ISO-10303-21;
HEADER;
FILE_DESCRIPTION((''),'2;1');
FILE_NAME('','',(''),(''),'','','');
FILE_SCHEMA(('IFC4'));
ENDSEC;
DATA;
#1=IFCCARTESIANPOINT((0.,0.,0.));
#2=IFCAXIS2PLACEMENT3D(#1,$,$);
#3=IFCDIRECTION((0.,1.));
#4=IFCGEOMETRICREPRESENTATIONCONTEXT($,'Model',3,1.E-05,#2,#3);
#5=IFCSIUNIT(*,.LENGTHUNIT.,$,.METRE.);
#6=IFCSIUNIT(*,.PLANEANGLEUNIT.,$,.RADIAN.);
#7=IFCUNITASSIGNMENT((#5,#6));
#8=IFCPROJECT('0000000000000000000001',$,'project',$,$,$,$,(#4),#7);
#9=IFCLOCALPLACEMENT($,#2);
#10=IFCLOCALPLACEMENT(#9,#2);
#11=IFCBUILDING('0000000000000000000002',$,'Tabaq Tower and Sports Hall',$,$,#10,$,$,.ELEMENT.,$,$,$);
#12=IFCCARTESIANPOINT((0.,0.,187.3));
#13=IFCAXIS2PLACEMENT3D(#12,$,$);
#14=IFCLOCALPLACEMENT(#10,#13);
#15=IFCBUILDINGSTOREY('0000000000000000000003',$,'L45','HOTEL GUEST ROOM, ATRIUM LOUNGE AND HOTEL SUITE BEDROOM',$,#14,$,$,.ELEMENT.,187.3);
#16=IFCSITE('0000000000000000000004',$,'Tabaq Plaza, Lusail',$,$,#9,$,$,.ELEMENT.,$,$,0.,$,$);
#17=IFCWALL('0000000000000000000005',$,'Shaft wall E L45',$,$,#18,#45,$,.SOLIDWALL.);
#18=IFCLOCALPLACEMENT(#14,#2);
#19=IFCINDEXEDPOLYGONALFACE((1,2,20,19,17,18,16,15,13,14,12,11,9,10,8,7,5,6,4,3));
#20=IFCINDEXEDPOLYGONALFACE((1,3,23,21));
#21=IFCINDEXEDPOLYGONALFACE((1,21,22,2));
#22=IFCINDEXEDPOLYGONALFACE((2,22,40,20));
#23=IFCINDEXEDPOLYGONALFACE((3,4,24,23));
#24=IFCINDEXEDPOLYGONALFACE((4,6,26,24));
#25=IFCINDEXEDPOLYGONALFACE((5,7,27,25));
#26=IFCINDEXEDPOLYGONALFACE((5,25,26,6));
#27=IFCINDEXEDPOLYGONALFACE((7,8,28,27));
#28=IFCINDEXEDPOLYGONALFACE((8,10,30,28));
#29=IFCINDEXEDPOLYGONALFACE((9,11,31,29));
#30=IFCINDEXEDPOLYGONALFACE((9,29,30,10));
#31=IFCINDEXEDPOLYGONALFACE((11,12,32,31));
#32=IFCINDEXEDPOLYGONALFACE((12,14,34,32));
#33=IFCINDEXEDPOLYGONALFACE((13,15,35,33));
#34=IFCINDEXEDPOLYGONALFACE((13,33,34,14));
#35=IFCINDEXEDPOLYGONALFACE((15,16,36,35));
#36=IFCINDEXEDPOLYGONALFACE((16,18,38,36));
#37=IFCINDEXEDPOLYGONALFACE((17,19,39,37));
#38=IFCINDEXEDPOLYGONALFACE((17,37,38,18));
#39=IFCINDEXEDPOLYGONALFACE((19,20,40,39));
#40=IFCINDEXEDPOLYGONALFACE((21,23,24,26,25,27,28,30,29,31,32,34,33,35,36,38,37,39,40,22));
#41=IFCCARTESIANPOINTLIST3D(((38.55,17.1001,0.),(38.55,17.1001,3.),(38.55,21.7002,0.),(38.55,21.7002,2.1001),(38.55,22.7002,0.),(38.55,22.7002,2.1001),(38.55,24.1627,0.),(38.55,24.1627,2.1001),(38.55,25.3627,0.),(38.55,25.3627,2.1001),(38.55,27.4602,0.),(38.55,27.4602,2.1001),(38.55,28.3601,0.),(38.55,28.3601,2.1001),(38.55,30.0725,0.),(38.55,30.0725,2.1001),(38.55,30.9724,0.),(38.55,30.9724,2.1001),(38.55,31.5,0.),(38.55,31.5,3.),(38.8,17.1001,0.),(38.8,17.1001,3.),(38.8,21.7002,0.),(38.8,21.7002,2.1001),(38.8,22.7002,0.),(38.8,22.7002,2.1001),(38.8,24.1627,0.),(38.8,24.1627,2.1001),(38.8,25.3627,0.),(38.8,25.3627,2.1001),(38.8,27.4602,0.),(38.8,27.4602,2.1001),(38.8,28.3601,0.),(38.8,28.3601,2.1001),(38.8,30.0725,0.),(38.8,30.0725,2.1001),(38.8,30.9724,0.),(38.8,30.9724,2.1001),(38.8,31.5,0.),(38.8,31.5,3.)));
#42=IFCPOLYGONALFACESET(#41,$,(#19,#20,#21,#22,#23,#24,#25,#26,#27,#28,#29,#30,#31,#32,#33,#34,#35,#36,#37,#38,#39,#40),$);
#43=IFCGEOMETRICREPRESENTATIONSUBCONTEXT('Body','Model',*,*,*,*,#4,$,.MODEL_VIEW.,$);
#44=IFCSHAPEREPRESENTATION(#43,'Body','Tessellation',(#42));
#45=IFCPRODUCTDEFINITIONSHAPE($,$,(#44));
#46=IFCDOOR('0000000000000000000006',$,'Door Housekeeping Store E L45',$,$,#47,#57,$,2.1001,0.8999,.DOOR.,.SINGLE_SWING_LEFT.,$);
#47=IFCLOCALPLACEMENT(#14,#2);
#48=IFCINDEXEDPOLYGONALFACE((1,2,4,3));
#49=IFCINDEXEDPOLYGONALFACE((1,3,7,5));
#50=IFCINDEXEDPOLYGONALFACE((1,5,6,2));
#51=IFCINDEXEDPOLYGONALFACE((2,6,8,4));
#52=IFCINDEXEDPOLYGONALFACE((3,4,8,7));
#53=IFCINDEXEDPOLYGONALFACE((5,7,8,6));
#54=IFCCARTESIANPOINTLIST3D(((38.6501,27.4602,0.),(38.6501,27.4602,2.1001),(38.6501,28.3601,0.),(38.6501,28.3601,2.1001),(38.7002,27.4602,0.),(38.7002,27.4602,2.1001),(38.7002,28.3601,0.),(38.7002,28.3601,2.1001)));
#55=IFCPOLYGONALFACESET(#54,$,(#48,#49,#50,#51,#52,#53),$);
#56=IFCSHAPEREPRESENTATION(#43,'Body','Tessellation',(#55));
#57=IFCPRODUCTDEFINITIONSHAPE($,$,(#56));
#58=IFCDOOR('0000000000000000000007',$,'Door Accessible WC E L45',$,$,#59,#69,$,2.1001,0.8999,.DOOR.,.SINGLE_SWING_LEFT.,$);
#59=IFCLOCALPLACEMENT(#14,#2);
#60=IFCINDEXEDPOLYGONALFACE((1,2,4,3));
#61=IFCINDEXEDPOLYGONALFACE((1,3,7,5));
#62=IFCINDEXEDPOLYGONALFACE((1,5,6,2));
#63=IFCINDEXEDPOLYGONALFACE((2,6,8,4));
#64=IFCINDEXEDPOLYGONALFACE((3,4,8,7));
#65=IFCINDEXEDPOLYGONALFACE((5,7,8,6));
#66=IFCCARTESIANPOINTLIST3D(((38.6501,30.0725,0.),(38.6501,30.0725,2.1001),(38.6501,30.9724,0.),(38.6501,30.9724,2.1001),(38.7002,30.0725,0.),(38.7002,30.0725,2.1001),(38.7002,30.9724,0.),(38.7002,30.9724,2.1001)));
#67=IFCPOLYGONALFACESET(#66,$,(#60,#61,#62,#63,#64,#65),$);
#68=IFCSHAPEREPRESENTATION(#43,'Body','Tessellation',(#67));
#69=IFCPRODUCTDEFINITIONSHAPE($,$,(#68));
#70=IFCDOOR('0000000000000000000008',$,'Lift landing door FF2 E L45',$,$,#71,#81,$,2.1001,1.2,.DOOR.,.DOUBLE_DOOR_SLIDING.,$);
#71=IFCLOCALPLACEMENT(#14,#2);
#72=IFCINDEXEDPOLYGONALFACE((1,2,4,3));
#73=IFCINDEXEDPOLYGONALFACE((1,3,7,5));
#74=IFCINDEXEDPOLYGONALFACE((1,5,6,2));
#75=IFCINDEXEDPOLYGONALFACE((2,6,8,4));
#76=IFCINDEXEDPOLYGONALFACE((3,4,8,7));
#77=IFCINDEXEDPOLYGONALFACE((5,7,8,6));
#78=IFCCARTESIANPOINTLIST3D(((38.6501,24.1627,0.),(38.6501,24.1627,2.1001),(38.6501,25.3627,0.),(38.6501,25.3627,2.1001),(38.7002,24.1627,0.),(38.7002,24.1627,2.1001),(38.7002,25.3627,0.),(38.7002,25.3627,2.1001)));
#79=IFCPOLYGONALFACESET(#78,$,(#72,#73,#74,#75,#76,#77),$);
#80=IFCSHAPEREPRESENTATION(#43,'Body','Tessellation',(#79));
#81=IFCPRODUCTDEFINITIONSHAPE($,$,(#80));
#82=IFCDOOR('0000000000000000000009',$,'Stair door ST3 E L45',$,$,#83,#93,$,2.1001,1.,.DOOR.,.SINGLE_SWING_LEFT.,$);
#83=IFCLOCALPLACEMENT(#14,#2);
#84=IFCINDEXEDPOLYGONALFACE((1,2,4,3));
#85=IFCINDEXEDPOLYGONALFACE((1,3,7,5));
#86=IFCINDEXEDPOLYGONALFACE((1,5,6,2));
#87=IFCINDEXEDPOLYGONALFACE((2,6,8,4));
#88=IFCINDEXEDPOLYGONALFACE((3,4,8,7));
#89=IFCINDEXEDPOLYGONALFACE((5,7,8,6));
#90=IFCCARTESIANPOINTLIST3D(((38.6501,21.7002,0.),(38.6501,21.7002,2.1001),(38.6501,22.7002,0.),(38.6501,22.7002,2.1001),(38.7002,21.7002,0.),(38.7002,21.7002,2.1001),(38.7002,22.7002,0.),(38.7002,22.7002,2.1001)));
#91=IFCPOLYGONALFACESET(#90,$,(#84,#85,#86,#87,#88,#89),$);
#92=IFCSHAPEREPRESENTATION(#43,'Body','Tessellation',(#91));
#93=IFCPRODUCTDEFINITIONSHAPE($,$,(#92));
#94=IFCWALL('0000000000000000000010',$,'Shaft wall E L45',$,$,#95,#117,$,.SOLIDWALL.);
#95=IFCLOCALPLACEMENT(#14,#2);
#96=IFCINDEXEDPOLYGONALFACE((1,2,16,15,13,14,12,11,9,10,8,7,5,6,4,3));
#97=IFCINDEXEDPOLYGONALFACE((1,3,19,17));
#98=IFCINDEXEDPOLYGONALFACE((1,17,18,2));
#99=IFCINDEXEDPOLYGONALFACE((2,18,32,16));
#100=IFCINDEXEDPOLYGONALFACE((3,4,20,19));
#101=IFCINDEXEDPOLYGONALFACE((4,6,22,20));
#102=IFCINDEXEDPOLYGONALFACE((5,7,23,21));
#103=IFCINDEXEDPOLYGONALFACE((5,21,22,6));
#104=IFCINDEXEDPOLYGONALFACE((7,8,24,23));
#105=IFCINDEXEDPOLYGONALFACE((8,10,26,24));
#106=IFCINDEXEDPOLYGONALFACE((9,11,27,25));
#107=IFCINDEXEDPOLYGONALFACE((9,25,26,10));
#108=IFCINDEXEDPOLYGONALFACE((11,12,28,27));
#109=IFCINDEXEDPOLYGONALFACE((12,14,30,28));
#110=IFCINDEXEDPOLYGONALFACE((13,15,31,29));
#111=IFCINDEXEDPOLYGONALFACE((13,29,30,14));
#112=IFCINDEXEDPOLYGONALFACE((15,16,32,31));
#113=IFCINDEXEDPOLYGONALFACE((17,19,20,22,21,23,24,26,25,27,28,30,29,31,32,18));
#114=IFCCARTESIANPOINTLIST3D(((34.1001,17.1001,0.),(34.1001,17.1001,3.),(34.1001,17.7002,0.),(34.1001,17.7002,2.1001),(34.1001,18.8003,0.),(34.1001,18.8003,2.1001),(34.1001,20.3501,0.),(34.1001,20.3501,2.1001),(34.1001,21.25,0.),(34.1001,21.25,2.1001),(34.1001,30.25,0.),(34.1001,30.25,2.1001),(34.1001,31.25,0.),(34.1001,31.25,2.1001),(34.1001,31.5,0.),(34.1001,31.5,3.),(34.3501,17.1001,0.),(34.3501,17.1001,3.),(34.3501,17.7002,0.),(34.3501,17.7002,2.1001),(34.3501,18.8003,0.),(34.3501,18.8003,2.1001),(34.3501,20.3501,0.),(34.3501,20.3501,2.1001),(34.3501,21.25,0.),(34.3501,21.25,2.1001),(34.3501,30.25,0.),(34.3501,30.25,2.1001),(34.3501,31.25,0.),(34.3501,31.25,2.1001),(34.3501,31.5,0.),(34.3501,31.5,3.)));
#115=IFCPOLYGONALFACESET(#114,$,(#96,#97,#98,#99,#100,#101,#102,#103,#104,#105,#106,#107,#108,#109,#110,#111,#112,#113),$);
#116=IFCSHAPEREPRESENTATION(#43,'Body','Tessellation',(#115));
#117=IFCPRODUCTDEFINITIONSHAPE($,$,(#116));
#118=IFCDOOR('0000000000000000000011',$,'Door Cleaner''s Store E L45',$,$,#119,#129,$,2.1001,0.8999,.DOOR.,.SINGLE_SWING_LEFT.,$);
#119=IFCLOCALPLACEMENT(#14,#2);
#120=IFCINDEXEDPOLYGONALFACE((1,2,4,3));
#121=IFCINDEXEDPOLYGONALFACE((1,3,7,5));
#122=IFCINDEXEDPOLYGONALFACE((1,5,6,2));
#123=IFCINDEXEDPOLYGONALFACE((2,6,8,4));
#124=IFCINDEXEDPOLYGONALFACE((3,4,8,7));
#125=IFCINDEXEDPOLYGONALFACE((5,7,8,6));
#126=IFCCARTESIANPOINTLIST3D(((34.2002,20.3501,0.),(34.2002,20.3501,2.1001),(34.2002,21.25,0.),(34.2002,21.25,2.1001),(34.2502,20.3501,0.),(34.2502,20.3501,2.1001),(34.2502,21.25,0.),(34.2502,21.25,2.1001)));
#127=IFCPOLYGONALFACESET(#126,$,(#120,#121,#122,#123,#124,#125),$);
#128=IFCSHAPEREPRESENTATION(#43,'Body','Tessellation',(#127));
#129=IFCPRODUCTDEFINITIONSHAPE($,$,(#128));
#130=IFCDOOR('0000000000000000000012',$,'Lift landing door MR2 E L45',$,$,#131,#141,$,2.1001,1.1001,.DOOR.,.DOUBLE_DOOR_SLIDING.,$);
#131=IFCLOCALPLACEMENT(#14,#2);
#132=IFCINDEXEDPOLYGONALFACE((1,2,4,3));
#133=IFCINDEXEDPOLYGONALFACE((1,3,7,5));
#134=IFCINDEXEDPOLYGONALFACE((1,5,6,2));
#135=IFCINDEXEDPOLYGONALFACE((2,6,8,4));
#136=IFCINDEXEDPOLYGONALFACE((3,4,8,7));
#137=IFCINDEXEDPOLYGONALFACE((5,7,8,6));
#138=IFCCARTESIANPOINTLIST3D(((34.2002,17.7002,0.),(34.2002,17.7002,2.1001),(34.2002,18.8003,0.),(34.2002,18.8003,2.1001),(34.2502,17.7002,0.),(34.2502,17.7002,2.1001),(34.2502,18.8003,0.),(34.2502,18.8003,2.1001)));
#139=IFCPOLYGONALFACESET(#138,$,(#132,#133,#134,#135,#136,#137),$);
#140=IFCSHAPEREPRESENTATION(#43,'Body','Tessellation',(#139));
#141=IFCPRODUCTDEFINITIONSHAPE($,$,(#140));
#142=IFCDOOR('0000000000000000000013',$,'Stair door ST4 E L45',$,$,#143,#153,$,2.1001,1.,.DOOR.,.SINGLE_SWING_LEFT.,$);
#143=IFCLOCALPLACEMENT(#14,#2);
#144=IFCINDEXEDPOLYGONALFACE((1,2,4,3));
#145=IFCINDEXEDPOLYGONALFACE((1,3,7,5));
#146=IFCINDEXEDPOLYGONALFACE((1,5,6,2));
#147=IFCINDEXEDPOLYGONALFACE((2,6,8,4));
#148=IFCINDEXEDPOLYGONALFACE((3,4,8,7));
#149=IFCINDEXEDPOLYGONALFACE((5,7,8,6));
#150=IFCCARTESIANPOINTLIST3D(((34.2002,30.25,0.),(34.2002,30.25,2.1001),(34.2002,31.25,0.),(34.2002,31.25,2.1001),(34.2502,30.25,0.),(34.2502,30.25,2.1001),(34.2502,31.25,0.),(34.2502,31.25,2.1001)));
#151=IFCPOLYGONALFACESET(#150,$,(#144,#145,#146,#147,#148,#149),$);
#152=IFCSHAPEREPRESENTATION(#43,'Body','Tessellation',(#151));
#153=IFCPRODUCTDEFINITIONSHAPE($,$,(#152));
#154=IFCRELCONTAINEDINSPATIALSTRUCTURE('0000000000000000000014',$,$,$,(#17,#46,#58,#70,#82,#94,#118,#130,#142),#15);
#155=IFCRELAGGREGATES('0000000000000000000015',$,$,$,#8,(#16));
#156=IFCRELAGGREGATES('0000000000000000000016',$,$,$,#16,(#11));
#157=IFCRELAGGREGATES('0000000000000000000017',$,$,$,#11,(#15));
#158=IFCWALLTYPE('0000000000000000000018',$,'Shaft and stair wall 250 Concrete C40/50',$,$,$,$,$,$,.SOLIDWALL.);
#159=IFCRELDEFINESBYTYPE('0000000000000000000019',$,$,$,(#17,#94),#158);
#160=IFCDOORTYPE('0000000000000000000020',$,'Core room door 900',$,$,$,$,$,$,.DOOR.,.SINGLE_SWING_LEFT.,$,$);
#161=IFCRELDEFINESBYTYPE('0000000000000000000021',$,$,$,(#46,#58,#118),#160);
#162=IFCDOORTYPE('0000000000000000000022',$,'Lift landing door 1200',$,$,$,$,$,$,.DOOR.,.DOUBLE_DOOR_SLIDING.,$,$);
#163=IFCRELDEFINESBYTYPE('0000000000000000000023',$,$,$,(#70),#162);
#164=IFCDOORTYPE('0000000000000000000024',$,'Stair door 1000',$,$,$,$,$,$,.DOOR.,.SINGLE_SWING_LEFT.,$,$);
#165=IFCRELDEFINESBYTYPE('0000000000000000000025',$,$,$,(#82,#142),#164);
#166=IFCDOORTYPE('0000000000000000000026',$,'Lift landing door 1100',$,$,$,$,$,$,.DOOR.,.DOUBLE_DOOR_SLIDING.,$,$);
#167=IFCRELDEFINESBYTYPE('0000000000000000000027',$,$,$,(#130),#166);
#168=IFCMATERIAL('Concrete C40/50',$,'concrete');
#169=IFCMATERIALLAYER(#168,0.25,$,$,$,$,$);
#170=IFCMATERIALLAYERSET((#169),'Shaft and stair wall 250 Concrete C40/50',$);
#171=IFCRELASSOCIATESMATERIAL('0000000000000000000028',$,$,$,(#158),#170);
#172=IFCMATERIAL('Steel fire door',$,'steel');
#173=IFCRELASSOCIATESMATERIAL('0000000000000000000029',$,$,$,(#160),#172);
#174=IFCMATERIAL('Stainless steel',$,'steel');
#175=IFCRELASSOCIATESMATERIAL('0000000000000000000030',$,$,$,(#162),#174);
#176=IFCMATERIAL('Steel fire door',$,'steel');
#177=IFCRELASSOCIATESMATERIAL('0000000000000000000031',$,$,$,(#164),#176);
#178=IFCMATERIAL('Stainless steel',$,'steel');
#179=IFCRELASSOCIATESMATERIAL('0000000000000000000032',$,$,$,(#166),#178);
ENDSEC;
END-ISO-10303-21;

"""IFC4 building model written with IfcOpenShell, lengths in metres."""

from ifc_helpers import new_model, si_unit, direction, frame, frame_2d, origin, place, context, subcontext, project, spatial, rectangle, extrude, material, layer, layer_set, type_object, element, fill, save


model = new_model("IFC4")

# Units and contexts
model_context = context("Model", 3, precision=1e-05, world=origin(), true_north=direction((0.0, 1.0)))
body_context = subcontext(model_context, "Body", "Model", "MODEL_VIEW")
ifc_project = project(units=[si_unit("LENGTHUNIT", "METRE"), si_unit("PLANEANGLEUNIT", "RADIAN")], contexts=[model_context])

# Site, building, storey
site_placement = place(None, origin())
site = spatial("IfcSite", under=ifc_project, at=site_placement, Name="Tabaq Plaza, Lusail", CompositionType="ELEMENT", RefElevation=0.0)
building_placement = place(site_placement, origin())
building = spatial("IfcBuilding", under=site, at=building_placement, Name="Tabaq Tower and Sports Hall", CompositionType="ELEMENT")
storey_placement = place(building_placement, frame((0.0, 0.0, 187.3)))
storey = spatial("IfcBuildingStorey", under=building, at=storey_placement, Name="L45", Description="HOTEL GUEST ROOM, ATRIUM LOUNGE AND HOTEL SUITE BEDROOM", CompositionType="ELEMENT", Elevation=187.3)

# Walls, openings, doors
ifc_material_1 = material(Name="Concrete C40/50", Category="concrete")
ifc_layer_1 = layer(ifc_material_1, 0.25)
ifc_layer_set_1 = layer_set([ifc_layer_1], Name="Shaft and stair wall 250 Concrete C40/50")
wall_type_1 = type_object("IfcWallType", Name="Shaft and stair wall 250 Concrete C40/50", PredefinedType="SOLIDWALL", material=ifc_layer_set_1)
wall_1_placement = place(storey_placement, frame((38.675, 17.1001, 0.0), z_axis=(0.0, 0.0, 1.0), x_axis=(0.0, 1.0, 0.0)))
wall_1 = element("IfcWall", 1, at=wall_1_placement, inside=storey, type_object=wall_type_1, Name="Shaft wall E L45", PredefinedType="SOLIDWALL", context=body_context, shape_type="SweptSolid", body=[
    extrude(rectangle(XDim=14.3999, YDim=0.25, at=frame_2d((7.2, 0.0))), origin(), (0.0, 0.0, 1.0), 3.0),
])
opening_1_placement = place(wall_1_placement, frame((4.6001, 0.0, 0.0)))
opening_1 = element("IfcOpeningElement", 2, at=opening_1_placement, cuts=wall_1, PredefinedType="OPENING", context=body_context, shape_type="SweptSolid", body=[
    extrude(rectangle(XDim=1.0, YDim=2.1001, at=frame_2d((0.5, 1.05))), frame((0.0, 0.125, 0.0), z_axis=(0.0, -1.0, 0.0), x_axis=(1.0, 0.0, 0.0)), (0.0, 0.0, 1.0), 0.25),
])
opening_2_placement = place(wall_1_placement, frame((7.0625, 0.0, 0.0)))
opening_2 = element("IfcOpeningElement", 3, at=opening_2_placement, cuts=wall_1, PredefinedType="OPENING", context=body_context, shape_type="SweptSolid", body=[
    extrude(rectangle(XDim=1.2, YDim=2.1001, at=frame_2d((0.6001, 1.05))), frame((0.0, 0.125, 0.0), z_axis=(0.0, -1.0, 0.0), x_axis=(1.0, 0.0, 0.0)), (0.0, 0.0, 1.0), 0.25),
])
opening_3_placement = place(wall_1_placement, frame((10.3601, 0.0, 0.0)))
opening_3 = element("IfcOpeningElement", 4, at=opening_3_placement, cuts=wall_1, PredefinedType="OPENING", context=body_context, shape_type="SweptSolid", body=[
    extrude(rectangle(XDim=0.8999, YDim=2.1001, at=frame_2d((0.45, 1.05))), frame((0.0, 0.125, 0.0), z_axis=(0.0, -1.0, 0.0), x_axis=(1.0, 0.0, 0.0)), (0.0, 0.0, 1.0), 0.25),
])
opening_4_placement = place(wall_1_placement, frame((12.9724, 0.0, 0.0)))
opening_4 = element("IfcOpeningElement", 5, at=opening_4_placement, cuts=wall_1, PredefinedType="OPENING", context=body_context, shape_type="SweptSolid", body=[
    extrude(rectangle(XDim=0.8999, YDim=2.1001, at=frame_2d((0.45, 1.05))), frame((0.0, 0.125, 0.0), z_axis=(0.0, -1.0, 0.0), x_axis=(1.0, 0.0, 0.0)), (0.0, 0.0, 1.0), 0.25),
])
ifc_material_2 = material(Name="Steel fire door", Category="steel")
door_type_1 = type_object("IfcDoorType", Name="Core room door 900", OperationType="SINGLE_SWING_LEFT", PredefinedType="DOOR", material=ifc_material_2)
door_1_placement = place(opening_3_placement, origin())
door_1 = element("IfcDoor", 6, at=door_1_placement, inside=storey, type_object=door_type_1, Name="Door Housekeeping Store E L45", OperationType="SINGLE_SWING_LEFT", OverallHeight=2.1001, OverallWidth=0.8999, PredefinedType="DOOR", context=body_context, shape_type="SweptSolid", body=[
    extrude(rectangle(XDim=0.8999, YDim=2.1001, at=frame_2d((0.45, 1.05))), frame((0.0, 0.0249, 0.0), z_axis=(0.0, -1.0, 0.0), x_axis=(1.0, 0.0, 0.0)), (0.0, 0.0, 1.0), 0.05),
])
fill(opening_3, door_1)
door_2_placement = place(opening_4_placement, origin())
door_2 = element("IfcDoor", 7, at=door_2_placement, inside=storey, type_object=door_type_1, Name="Door Accessible WC E L45", OperationType="SINGLE_SWING_LEFT", OverallHeight=2.1001, OverallWidth=0.8999, PredefinedType="DOOR", context=body_context, shape_type="SweptSolid", body=[
    extrude(rectangle(XDim=0.8999, YDim=2.1001, at=frame_2d((0.45, 1.05))), frame((0.0, 0.0249, 0.0), z_axis=(0.0, -1.0, 0.0), x_axis=(1.0, 0.0, 0.0)), (0.0, 0.0, 1.0), 0.05),
])
fill(opening_4, door_2)
ifc_material_3 = material(Name="Stainless steel", Category="steel")
door_type_2 = type_object("IfcDoorType", Name="Lift landing door 1200", OperationType="DOUBLE_DOOR_SLIDING", PredefinedType="DOOR", material=ifc_material_3)
door_3_placement = place(opening_2_placement, origin())
door_3 = element("IfcDoor", 8, at=door_3_placement, inside=storey, type_object=door_type_2, Name="Lift landing door FF2 E L45", OperationType="DOUBLE_DOOR_SLIDING", OverallHeight=2.1001, OverallWidth=1.2, PredefinedType="DOOR", context=body_context, shape_type="SweptSolid", body=[
    extrude(rectangle(XDim=1.2, YDim=2.1001, at=frame_2d((0.6001, 1.05))), frame((0.0, 0.0249, 0.0), z_axis=(0.0, -1.0, 0.0), x_axis=(1.0, 0.0, 0.0)), (0.0, 0.0, 1.0), 0.05),
])
fill(opening_2, door_3)
ifc_material_4 = material(Name="Steel fire door", Category="steel")
door_type_3 = type_object("IfcDoorType", Name="Stair door 1000", OperationType="SINGLE_SWING_LEFT", PredefinedType="DOOR", material=ifc_material_4)
door_4_placement = place(opening_1_placement, origin())
door_4 = element("IfcDoor", 9, at=door_4_placement, inside=storey, type_object=door_type_3, Name="Stair door ST3 E L45", OperationType="SINGLE_SWING_LEFT", OverallHeight=2.1001, OverallWidth=1.0, PredefinedType="DOOR", context=body_context, shape_type="SweptSolid", body=[
    extrude(rectangle(XDim=1.0, YDim=2.1001, at=frame_2d((0.5, 1.05))), frame((0.0, 0.0249, 0.0), z_axis=(0.0, -1.0, 0.0), x_axis=(1.0, 0.0, 0.0)), (0.0, 0.0, 1.0), 0.05),
])
fill(opening_1, door_4)
wall_2_placement = place(storey_placement, frame((34.2251, 17.1001, 0.0), z_axis=(0.0, 0.0, 1.0), x_axis=(0.0, 1.0, 0.0)))
wall_2 = element("IfcWall", 10, at=wall_2_placement, inside=storey, type_object=wall_type_1, Name="Shaft wall E L45", PredefinedType="SOLIDWALL", context=body_context, shape_type="SweptSolid", body=[
    extrude(rectangle(XDim=14.3999, YDim=0.25, at=frame_2d((7.2, 0.0))), origin(), (0.0, 0.0, 1.0), 3.0),
])
opening_5_placement = place(wall_2_placement, frame((13.1499, 0.0, 0.0)))
opening_5 = element("IfcOpeningElement", 11, at=opening_5_placement, cuts=wall_2, PredefinedType="OPENING", context=body_context, shape_type="SweptSolid", body=[
    extrude(rectangle(XDim=1.0, YDim=2.1001, at=frame_2d((0.5, 1.05))), frame((0.0, 0.125, 0.0), z_axis=(0.0, -1.0, 0.0), x_axis=(1.0, 0.0, 0.0)), (0.0, 0.0, 1.0), 0.25),
])
opening_6_placement = place(wall_2_placement, frame((0.6001, 0.0, 0.0)))
opening_6 = element("IfcOpeningElement", 12, at=opening_6_placement, cuts=wall_2, PredefinedType="OPENING", context=body_context, shape_type="SweptSolid", body=[
    extrude(rectangle(XDim=1.1001, YDim=2.1001, at=frame_2d((0.55, 1.05))), frame((0.0, 0.125, 0.0), z_axis=(0.0, -1.0, 0.0), x_axis=(1.0, 0.0, 0.0)), (0.0, 0.0, 1.0), 0.25),
])
opening_7_placement = place(wall_2_placement, frame((3.25, 0.0, 0.0)))
opening_7 = element("IfcOpeningElement", 13, at=opening_7_placement, cuts=wall_2, PredefinedType="OPENING", context=body_context, shape_type="SweptSolid", body=[
    extrude(rectangle(XDim=0.8999, YDim=2.1001, at=frame_2d((0.45, 1.05))), frame((0.0, 0.125, 0.0), z_axis=(0.0, -1.0, 0.0), x_axis=(1.0, 0.0, 0.0)), (0.0, 0.0, 1.0), 0.25),
])
door_5_placement = place(opening_7_placement, origin())
door_5 = element("IfcDoor", 14, at=door_5_placement, inside=storey, type_object=door_type_1, Name="Door Cleaner's Store E L45", OperationType="SINGLE_SWING_LEFT", OverallHeight=2.1001, OverallWidth=0.8999, PredefinedType="DOOR", context=body_context, shape_type="SweptSolid", body=[
    extrude(rectangle(XDim=0.8999, YDim=2.1001, at=frame_2d((0.45, 1.05))), frame((0.0, 0.0249, 0.0), z_axis=(0.0, -1.0, 0.0), x_axis=(1.0, 0.0, 0.0)), (0.0, 0.0, 1.0), 0.05),
])
fill(opening_7, door_5)
ifc_material_5 = material(Name="Stainless steel", Category="steel")
door_type_4 = type_object("IfcDoorType", Name="Lift landing door 1100", OperationType="DOUBLE_DOOR_SLIDING", PredefinedType="DOOR", material=ifc_material_5)
door_6_placement = place(opening_6_placement, origin())
door_6 = element("IfcDoor", 15, at=door_6_placement, inside=storey, type_object=door_type_4, Name="Lift landing door MR2 E L45", OperationType="DOUBLE_DOOR_SLIDING", OverallHeight=2.1001, OverallWidth=1.1001, PredefinedType="DOOR", context=body_context, shape_type="SweptSolid", body=[
    extrude(rectangle(XDim=1.1001, YDim=2.1001, at=frame_2d((0.55, 1.05))), frame((0.0, 0.0249, 0.0), z_axis=(0.0, -1.0, 0.0), x_axis=(1.0, 0.0, 0.0)), (0.0, 0.0, 1.0), 0.05),
])
fill(opening_6, door_6)
door_7_placement = place(opening_5_placement, origin())
door_7 = element("IfcDoor", 16, at=door_7_placement, inside=storey, type_object=door_type_3, Name="Stair door ST4 E L45", OperationType="SINGLE_SWING_LEFT", OverallHeight=2.1001, OverallWidth=1.0, PredefinedType="DOOR", context=body_context, shape_type="SweptSolid", body=[
    extrude(rectangle(XDim=1.0, YDim=2.1001, at=frame_2d((0.5, 1.05))), frame((0.0, 0.0249, 0.0), z_axis=(0.0, -1.0, 0.0), x_axis=(1.0, 0.0, 0.0)), (0.0, 0.0, 1.0), 0.05),
])
fill(opening_5, door_7)

save(model, "model.ifc")
